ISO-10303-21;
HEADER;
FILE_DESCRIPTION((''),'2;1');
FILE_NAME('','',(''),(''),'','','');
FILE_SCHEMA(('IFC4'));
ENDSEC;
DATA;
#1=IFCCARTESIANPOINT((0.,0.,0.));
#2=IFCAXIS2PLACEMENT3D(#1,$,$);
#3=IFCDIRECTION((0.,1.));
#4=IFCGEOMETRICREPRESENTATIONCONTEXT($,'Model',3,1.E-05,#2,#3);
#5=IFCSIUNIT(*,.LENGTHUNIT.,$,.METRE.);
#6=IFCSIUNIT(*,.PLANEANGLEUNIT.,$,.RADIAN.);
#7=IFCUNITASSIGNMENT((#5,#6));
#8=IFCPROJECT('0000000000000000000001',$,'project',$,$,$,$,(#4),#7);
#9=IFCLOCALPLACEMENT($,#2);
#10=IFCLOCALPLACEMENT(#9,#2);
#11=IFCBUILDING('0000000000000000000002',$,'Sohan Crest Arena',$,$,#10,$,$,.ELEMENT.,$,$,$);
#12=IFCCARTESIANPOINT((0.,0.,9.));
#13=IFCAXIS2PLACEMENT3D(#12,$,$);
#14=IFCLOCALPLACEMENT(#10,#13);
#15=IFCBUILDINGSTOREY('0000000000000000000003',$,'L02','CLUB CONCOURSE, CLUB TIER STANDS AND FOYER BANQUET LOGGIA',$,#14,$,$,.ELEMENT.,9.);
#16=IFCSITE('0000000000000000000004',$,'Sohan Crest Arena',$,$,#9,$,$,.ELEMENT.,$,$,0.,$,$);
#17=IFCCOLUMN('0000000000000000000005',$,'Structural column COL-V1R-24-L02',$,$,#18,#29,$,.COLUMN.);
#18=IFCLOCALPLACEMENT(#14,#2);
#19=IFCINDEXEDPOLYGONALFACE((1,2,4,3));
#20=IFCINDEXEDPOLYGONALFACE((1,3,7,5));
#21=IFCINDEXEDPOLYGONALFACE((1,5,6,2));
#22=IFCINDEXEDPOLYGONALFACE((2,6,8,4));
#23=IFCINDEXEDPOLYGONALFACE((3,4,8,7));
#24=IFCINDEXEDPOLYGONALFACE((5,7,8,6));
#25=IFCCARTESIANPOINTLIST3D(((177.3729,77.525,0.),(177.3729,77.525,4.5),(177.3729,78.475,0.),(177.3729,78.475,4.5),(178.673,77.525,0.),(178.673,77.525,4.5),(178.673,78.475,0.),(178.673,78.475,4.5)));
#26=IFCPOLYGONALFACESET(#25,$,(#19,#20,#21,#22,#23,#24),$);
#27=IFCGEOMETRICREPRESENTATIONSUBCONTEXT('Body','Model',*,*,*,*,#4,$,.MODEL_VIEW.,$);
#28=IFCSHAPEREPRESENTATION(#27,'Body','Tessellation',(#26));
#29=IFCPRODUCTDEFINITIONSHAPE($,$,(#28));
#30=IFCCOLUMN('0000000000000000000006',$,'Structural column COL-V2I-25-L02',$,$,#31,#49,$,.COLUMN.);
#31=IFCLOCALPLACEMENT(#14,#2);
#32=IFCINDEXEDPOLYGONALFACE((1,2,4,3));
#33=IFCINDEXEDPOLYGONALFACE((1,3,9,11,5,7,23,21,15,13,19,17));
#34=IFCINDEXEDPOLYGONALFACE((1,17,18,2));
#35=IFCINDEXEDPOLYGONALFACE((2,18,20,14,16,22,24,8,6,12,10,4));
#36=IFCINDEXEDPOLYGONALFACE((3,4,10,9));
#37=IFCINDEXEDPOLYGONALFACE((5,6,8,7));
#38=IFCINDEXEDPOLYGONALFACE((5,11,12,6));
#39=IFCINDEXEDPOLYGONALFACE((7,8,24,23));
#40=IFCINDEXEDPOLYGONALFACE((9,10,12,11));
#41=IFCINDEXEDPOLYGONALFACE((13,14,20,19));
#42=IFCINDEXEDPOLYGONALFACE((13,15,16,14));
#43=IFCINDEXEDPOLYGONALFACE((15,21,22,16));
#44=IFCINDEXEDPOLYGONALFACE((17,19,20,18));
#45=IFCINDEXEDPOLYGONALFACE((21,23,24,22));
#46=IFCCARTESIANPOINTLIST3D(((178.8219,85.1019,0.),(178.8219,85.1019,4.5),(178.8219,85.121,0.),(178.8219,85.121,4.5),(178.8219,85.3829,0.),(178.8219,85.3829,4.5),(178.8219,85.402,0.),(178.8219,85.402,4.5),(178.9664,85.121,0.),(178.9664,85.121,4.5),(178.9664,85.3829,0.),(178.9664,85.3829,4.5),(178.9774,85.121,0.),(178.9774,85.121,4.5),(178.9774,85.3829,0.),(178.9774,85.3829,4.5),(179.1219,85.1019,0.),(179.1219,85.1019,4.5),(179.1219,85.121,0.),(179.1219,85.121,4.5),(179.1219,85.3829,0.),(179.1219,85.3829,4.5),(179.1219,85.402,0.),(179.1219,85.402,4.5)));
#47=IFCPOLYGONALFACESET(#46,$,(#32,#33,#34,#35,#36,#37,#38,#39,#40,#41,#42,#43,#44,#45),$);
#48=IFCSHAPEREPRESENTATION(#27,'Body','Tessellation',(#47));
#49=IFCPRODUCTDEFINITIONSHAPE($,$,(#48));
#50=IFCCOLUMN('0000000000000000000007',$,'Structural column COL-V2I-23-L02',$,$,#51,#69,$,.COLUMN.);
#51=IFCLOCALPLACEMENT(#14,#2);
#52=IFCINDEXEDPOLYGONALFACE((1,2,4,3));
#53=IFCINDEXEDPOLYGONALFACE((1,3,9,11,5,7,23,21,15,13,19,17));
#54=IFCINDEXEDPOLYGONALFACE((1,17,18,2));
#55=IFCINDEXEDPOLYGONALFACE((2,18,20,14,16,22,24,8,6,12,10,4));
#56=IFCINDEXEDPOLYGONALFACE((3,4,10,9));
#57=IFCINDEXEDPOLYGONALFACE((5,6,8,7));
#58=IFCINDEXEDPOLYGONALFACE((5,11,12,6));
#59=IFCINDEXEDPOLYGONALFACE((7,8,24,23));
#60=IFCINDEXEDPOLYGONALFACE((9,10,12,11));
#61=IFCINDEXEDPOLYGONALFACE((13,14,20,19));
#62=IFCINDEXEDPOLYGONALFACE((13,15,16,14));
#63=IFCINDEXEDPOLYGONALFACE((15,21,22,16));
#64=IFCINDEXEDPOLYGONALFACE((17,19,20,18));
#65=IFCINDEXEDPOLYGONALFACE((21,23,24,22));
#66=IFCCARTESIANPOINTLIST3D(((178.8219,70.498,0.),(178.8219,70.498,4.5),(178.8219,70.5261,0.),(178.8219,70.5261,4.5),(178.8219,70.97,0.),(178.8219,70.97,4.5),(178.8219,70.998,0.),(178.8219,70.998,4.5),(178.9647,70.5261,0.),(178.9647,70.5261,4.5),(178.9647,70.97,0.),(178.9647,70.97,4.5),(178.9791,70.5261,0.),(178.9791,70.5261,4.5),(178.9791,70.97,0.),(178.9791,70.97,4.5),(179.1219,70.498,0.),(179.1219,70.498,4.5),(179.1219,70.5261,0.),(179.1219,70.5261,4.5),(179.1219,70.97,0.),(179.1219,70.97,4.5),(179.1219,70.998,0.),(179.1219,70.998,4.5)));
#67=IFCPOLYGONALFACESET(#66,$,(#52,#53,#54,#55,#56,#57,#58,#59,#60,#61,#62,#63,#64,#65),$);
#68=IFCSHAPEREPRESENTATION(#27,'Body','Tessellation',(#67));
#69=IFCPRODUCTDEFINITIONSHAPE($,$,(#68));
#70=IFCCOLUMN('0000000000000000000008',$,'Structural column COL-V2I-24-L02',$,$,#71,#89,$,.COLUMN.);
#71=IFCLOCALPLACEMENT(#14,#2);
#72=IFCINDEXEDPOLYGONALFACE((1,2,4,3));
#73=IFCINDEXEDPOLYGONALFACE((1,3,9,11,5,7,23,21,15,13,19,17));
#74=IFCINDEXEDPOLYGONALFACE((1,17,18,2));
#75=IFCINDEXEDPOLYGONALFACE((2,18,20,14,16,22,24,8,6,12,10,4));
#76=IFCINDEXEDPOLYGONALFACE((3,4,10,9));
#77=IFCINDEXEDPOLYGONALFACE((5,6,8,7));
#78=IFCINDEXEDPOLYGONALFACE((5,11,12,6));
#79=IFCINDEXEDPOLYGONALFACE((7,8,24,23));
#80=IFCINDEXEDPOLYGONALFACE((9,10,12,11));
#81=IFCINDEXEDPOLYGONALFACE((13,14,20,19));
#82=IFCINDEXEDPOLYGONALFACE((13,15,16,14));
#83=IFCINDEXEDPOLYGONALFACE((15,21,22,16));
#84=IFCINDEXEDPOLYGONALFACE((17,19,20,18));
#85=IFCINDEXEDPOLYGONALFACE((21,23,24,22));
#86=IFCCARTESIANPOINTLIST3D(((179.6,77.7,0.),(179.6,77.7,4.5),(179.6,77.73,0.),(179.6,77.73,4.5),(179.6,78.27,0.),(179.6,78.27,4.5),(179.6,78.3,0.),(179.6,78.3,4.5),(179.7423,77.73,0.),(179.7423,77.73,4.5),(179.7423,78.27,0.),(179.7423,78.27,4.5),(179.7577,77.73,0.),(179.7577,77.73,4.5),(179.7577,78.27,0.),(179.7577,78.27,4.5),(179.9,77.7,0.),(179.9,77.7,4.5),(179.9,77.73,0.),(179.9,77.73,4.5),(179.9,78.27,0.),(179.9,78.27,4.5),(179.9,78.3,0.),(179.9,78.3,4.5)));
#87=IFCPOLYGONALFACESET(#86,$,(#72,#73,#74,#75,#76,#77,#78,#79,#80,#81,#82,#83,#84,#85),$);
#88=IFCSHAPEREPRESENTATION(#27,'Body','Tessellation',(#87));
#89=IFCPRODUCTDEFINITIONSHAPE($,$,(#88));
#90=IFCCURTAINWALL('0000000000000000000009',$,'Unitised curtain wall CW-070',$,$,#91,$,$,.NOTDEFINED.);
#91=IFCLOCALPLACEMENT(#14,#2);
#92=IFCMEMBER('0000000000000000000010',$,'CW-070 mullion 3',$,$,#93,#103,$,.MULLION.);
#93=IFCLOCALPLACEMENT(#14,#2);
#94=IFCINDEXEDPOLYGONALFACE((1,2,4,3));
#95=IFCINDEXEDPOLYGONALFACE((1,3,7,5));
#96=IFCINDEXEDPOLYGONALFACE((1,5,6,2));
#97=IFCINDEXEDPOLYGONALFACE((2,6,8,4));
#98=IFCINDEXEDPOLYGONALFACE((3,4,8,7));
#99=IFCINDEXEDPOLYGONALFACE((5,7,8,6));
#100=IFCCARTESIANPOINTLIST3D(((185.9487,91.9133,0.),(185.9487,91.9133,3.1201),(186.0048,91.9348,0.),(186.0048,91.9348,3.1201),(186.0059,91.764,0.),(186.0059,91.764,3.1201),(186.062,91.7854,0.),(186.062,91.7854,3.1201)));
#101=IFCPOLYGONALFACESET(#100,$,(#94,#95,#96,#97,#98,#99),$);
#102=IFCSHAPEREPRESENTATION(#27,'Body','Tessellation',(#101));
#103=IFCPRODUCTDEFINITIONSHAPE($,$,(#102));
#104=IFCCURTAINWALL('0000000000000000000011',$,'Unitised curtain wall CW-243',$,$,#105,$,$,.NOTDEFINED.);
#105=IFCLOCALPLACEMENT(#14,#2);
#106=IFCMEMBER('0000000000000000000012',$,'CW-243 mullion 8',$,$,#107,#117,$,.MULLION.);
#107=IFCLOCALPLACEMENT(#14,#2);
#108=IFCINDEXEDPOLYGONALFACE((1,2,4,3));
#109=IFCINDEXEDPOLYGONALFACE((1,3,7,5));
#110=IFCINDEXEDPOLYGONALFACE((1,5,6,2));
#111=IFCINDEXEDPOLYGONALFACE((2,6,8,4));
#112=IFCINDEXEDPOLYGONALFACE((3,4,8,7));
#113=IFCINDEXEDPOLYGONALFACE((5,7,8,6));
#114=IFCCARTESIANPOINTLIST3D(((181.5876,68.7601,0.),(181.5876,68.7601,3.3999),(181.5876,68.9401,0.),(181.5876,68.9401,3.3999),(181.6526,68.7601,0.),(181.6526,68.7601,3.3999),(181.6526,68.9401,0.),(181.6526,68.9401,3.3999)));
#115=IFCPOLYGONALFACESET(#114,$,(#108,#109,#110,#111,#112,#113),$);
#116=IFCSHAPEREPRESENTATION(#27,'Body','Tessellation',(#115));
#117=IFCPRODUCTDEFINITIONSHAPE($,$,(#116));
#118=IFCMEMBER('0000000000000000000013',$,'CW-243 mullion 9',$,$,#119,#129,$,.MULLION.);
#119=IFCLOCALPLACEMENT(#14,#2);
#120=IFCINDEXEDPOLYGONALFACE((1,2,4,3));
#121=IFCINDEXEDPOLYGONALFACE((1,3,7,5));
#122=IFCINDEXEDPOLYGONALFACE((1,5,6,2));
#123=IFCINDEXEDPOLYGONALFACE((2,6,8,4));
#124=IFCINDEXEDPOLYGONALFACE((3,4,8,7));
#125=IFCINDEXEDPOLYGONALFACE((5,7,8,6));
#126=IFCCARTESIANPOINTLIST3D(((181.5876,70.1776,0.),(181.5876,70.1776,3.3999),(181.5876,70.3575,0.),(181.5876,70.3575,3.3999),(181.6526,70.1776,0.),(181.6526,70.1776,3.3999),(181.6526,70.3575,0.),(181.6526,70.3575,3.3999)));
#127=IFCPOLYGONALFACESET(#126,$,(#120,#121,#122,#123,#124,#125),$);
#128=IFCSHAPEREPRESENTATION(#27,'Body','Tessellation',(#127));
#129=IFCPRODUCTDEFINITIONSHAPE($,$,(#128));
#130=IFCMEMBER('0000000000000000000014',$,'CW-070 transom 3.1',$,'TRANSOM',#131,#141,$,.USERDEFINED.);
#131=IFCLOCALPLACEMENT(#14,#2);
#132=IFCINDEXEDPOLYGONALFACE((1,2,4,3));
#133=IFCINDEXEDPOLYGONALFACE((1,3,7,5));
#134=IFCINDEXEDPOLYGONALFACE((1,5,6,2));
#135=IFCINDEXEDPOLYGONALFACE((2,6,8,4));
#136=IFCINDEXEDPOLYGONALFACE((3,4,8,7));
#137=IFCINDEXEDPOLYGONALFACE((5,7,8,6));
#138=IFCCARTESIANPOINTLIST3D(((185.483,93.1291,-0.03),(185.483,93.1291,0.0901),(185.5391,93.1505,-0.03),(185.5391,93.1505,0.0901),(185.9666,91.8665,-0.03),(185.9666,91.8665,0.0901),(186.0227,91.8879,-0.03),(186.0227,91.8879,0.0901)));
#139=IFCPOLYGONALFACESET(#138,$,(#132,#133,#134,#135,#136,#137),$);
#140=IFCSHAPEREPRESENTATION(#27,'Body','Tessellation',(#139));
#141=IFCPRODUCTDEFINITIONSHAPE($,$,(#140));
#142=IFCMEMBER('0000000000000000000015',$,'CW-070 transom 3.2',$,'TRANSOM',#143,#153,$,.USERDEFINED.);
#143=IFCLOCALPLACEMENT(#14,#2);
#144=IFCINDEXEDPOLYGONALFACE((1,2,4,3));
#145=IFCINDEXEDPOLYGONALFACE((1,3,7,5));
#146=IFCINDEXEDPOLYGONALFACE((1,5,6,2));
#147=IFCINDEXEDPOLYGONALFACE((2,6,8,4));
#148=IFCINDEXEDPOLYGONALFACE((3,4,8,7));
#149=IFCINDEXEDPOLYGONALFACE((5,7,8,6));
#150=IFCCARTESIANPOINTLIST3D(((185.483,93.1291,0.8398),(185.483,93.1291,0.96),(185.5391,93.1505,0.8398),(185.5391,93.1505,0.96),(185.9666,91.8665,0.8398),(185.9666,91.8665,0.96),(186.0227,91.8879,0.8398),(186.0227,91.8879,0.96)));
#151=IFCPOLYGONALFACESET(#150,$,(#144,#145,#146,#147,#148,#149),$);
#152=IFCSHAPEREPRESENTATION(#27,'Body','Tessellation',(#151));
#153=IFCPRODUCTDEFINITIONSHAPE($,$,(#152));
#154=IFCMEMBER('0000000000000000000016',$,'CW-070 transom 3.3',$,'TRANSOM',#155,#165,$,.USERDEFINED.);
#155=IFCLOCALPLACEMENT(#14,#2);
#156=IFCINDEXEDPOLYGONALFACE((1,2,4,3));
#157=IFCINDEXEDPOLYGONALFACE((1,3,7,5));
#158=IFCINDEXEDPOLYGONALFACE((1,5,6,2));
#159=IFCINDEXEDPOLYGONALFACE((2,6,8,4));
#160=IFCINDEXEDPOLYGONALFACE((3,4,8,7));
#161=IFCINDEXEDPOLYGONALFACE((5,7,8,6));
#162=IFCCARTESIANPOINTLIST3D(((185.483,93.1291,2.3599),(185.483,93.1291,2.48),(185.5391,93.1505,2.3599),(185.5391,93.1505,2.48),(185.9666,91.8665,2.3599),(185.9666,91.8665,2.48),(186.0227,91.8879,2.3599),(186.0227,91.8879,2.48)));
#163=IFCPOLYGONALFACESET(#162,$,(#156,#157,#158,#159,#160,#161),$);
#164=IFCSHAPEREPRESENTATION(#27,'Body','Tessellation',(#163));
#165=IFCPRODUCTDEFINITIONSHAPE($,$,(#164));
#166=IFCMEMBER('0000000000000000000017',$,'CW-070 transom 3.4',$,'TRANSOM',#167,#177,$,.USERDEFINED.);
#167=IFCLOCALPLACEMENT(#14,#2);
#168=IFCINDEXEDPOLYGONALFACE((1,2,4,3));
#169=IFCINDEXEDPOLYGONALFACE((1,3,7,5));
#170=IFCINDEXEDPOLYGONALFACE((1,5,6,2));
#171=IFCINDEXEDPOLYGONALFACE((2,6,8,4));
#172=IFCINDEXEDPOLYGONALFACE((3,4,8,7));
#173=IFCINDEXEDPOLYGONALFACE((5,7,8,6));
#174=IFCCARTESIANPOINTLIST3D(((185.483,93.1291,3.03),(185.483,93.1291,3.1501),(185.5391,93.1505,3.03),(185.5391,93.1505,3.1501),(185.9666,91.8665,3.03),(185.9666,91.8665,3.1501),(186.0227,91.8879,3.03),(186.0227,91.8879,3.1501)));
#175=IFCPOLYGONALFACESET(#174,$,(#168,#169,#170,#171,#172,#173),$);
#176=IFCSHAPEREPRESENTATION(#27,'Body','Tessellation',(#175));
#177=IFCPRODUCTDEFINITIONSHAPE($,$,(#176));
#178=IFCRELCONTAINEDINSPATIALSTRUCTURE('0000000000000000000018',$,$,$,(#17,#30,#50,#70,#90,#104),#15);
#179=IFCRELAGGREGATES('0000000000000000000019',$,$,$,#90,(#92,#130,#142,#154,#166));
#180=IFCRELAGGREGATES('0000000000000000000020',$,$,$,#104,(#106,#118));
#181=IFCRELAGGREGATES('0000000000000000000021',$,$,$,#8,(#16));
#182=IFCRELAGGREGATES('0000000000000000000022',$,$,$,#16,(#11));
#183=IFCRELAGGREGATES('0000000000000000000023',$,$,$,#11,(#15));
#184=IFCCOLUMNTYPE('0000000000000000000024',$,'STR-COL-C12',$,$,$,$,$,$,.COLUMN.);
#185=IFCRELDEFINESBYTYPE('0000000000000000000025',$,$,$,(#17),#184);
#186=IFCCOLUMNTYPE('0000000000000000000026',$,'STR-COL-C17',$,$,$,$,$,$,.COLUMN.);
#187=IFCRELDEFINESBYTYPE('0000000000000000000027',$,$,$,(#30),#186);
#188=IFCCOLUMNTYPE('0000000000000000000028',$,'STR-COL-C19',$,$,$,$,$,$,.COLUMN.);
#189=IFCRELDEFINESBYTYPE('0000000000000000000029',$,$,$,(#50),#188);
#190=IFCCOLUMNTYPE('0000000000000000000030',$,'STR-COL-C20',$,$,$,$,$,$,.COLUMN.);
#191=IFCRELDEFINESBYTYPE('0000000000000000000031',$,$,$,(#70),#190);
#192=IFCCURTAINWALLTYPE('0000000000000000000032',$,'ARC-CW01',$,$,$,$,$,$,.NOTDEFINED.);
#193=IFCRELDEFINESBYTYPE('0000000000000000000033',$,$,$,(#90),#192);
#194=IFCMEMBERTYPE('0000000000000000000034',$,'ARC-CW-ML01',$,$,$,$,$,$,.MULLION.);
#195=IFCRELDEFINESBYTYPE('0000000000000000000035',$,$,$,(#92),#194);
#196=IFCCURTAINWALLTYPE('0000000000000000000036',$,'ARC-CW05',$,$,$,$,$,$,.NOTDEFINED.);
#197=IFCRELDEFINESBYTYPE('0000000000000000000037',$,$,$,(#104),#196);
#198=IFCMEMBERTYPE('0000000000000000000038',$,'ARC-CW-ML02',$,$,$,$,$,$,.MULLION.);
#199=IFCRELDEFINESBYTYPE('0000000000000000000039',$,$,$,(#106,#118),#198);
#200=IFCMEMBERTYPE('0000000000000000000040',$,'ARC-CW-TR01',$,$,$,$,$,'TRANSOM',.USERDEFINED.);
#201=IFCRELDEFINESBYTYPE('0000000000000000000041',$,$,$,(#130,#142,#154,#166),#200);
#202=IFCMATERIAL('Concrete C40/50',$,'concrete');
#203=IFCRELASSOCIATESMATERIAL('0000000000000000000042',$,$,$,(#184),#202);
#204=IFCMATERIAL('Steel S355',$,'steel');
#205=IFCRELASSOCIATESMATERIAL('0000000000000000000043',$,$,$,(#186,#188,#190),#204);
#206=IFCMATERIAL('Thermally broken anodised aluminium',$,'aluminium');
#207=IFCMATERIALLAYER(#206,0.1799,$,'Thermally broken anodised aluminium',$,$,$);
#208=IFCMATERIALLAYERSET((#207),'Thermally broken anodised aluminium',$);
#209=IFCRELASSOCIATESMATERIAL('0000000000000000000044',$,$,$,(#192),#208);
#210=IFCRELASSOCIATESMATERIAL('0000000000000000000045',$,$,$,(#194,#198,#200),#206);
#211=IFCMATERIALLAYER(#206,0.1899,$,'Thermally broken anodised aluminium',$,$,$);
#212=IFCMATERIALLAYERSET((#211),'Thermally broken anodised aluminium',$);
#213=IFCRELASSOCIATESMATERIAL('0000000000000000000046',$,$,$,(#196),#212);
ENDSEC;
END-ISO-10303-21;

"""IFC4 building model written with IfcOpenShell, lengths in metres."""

from ifc_helpers import new_model, si_unit, direction, frame, origin, origin_2d, place, context, subcontext, project, spatial, rectangle, i_section, extrude, material, layer, layer_set, material_profile, profile_set, type_object, element, aggregate, save


model = new_model("IFC4")

# Units and contexts
model_context = context("Model", 3, precision=1e-05, world=origin(), true_north=direction((0.0, 1.0)))
body_context = subcontext(model_context, "Body", "Model", "MODEL_VIEW")
ifc_project = project(units=[si_unit("LENGTHUNIT", "METRE"), si_unit("PLANEANGLEUNIT", "RADIAN")], contexts=[model_context])

# Site, building, storey
site_placement = place(None, origin())
site = spatial("IfcSite", under=ifc_project, at=site_placement, Name="Sohan Crest Arena", CompositionType="ELEMENT", RefElevation=0.0)
building_placement = place(site_placement, origin())
building = spatial("IfcBuilding", under=site, at=building_placement, Name="Sohan Crest Arena", CompositionType="ELEMENT")
storey_placement = place(building_placement, frame((0.0, 0.0, 9.0)))
storey = spatial("IfcBuildingStorey", under=building, at=storey_placement, Name="L02", Description="CLUB CONCOURSE, CLUB TIER STANDS AND FOYER BANQUET LOGGIA", CompositionType="ELEMENT", Elevation=9.0)

# Columns
ifc_material_1 = material(Name="Concrete C40/50", Category="concrete")
ifc_material_profile_1 = material_profile(ifc_material_1, rectangle(XDim=1.3, YDim=0.95, at=origin_2d()), Name="RC 1300x950")
ifc_profile_set_1 = profile_set([ifc_material_profile_1], Name="Concrete C40/50")
column_type_1 = type_object("IfcColumnType", Name="STR-COL-C12", PredefinedType="COLUMN", material=ifc_profile_set_1)
column_1_placement = place(storey_placement, frame((178.0229, 78.0, 0.0), z_axis=(0.0, 0.0, 1.0), x_axis=(1.0, 0.0, 0.0)))
element("IfcColumn", 1, at=column_1_placement, inside=storey, type_object=column_type_1, Name="Structural column COL-V1R-24-L02", PredefinedType="COLUMN", context=body_context, shape_type="SweptSolid", body=[
    extrude(rectangle(XDim=1.3, YDim=0.95, at=origin_2d()), origin(), (0.0, 0.0, 1.0), 4.5),
])
ifc_material_2 = material(Name="Steel S355", Category="steel")
ifc_material_profile_2 = material_profile(ifc_material_2, i_section(OverallWidth=0.3, OverallDepth=0.3, WebThickness=0.011, FlangeThickness=0.019, at=origin_2d()), Name="HEB 300")
ifc_profile_set_2 = profile_set([ifc_material_profile_2], Name="Steel S355")
column_type_2 = type_object("IfcColumnType", Name="STR-COL-C17", PredefinedType="COLUMN", material=ifc_profile_set_2)
column_2_placement = place(storey_placement, frame((178.9719, 85.252, 0.0), z_axis=(0.0, 0.0, 1.0), x_axis=(1.0, 0.0, 0.0)))
element("IfcColumn", 2, at=column_2_placement, inside=storey, type_object=column_type_2, Name="Structural column COL-V2I-25-L02", PredefinedType="COLUMN", context=body_context, shape_type="SweptSolid", body=[
    extrude(i_section(OverallWidth=0.3, OverallDepth=0.3, WebThickness=0.011, FlangeThickness=0.019, at=origin_2d()), origin(), (0.0, 0.0, 1.0), 4.5),
])
ifc_material_profile_3 = material_profile(ifc_material_2, i_section(OverallWidth=0.3, OverallDepth=0.5, WebThickness=0.0144, FlangeThickness=0.0281, at=origin_2d()), Name="HEB 500")
ifc_profile_set_3 = profile_set([ifc_material_profile_3], Name="Steel S355")
column_type_3 = type_object("IfcColumnType", Name="STR-COL-C19", PredefinedType="COLUMN", material=ifc_profile_set_3)
column_3_placement = place(storey_placement, frame((178.9719, 70.748, 0.0), z_axis=(0.0, 0.0, 1.0), x_axis=(1.0, 0.0, 0.0)))
element("IfcColumn", 3, at=column_3_placement, inside=storey, type_object=column_type_3, Name="Structural column COL-V2I-23-L02", PredefinedType="COLUMN", context=body_context, shape_type="SweptSolid", body=[
    extrude(i_section(OverallWidth=0.3, OverallDepth=0.5, WebThickness=0.0144, FlangeThickness=0.0281, at=origin_2d()), origin(), (0.0, 0.0, 1.0), 4.5),
])
ifc_material_profile_4 = material_profile(ifc_material_2, i_section(OverallWidth=0.3, OverallDepth=0.6001, WebThickness=0.0154, FlangeThickness=0.03, at=origin_2d()), Name="HEB 600")
ifc_profile_set_4 = profile_set([ifc_material_profile_4], Name="Steel S355")
column_type_4 = type_object("IfcColumnType", Name="STR-COL-C20", PredefinedType="COLUMN", material=ifc_profile_set_4)
column_4_placement = place(storey_placement, frame((179.75, 78.0, 0.0), z_axis=(0.0, 0.0, 1.0), x_axis=(1.0, 0.0, 0.0)))
element("IfcColumn", 4, at=column_4_placement, inside=storey, type_object=column_type_4, Name="Structural column COL-V2I-24-L02", PredefinedType="COLUMN", context=body_context, shape_type="SweptSolid", body=[
    extrude(i_section(OverallWidth=0.3, OverallDepth=0.6001, WebThickness=0.0154, FlangeThickness=0.03, at=origin_2d()), origin(), (0.0, 0.0, 1.0), 4.5),
])

# Curtain wall, member
ifc_material_3 = material(Name="Thermally broken anodised aluminium", Category="aluminium")
ifc_layer_1 = layer(ifc_material_3, 0.1799, Name="Thermally broken anodised aluminium")
ifc_layer_set_1 = layer_set([ifc_layer_1], Name="Thermally broken anodised aluminium")
curtain_wall_type_1 = type_object("IfcCurtainWallType", Name="ARC-CW01", PredefinedType="NOTDEFINED", material=ifc_layer_set_1)
curtain_wall_1_placement = place(storey_placement, origin())
curtain_wall_1 = element("IfcCurtainWall", 5, at=curtain_wall_1_placement, inside=storey, type_object=curtain_wall_type_1, Name="Unitised curtain wall CW-070", PredefinedType="NOTDEFINED")
ifc_material_profile_5 = material_profile(ifc_material_3, rectangle(XDim=0.0601, YDim=0.1599, at=origin_2d()), Name="ALU-MULL 60x160")
ifc_profile_set_5 = profile_set([ifc_material_profile_5], Name="Thermally broken anodised aluminium")
member_type_1 = type_object("IfcMemberType", Name="ARC-CW-ML01", PredefinedType="MULLION", material=ifc_profile_set_5)
member_1_placement = place(storey_placement, frame((186.0054, 91.8494, 0.0), z_axis=(0.0, 0.0, 1.0), x_axis=(-0.933888, -0.357567, 0.0)))
member_1 = element("IfcMember", 6, at=member_1_placement, type_object=member_type_1, Name="CW-070 mullion 3", PredefinedType="MULLION", context=body_context, shape_type="SweptSolid", body=[
    extrude(rectangle(XDim=0.0601, YDim=0.1599, at=origin_2d()), origin(), (0.0, 0.0, 1.0), 3.1201),
])

# Curtain wall, members
ifc_layer_2 = layer(ifc_material_3, 0.1899, Name="Thermally broken anodised aluminium")
ifc_layer_set_2 = layer_set([ifc_layer_2], Name="Thermally broken anodised aluminium")
curtain_wall_type_2 = type_object("IfcCurtainWallType", Name="ARC-CW05", PredefinedType="NOTDEFINED", material=ifc_layer_set_2)
curtain_wall_2_placement = place(storey_placement, origin())
curtain_wall_2 = element("IfcCurtainWall", 7, at=curtain_wall_2_placement, inside=storey, type_object=curtain_wall_type_2, Name="Unitised curtain wall CW-243", PredefinedType="NOTDEFINED")
ifc_material_profile_6 = material_profile(ifc_material_3, rectangle(XDim=0.0649, YDim=0.1799, at=origin_2d()), Name="ALU-MULL 65x180")
ifc_profile_set_6 = profile_set([ifc_material_profile_6], Name="Thermally broken anodised aluminium")
member_type_2 = type_object("IfcMemberType", Name="ARC-CW-ML02", PredefinedType="MULLION", material=ifc_profile_set_6)
member_2_placement = place(storey_placement, frame((181.6201, 68.8501, 0.0), z_axis=(0.0, 0.0, 1.0), x_axis=(-1.0, 0.0, 0.0)))
member_2 = element("IfcMember", 8, at=member_2_placement, type_object=member_type_2, Name="CW-243 mullion 8", PredefinedType="MULLION", context=body_context, shape_type="SweptSolid", body=[
    extrude(rectangle(XDim=0.0649, YDim=0.1799, at=origin_2d()), origin(), (0.0, 0.0, 1.0), 3.3999),
])
member_3_placement = place(storey_placement, frame((181.6201, 70.2676, 0.0), z_axis=(0.0, 0.0, 1.0), x_axis=(-1.0, 0.0, 0.0)))
member_3 = element("IfcMember", 9, at=member_3_placement, type_object=member_type_2, Name="CW-243 mullion 9", PredefinedType="MULLION", context=body_context, shape_type="SweptSolid", body=[
    extrude(rectangle(XDim=0.0649, YDim=0.1799, at=origin_2d()), origin(), (0.0, 0.0, 1.0), 3.3999),
])

# Members
ifc_material_profile_7 = material_profile(ifc_material_3, rectangle(XDim=0.0601, YDim=0.1201, at=origin_2d()), Name="ALU-TRAN 60x120")
ifc_profile_set_7 = profile_set([ifc_material_profile_7], Name="Thermally broken anodised aluminium")
member_type_3 = type_object("IfcMemberType", Name="ARC-CW-TR01", ElementType="TRANSOM", PredefinedType="USERDEFINED", material=ifc_profile_set_7)
member_4_placement = place(storey_placement, frame((185.9946, 91.8772, 0.03), z_axis=(-0.357684, 0.933843, 0.0), x_axis=(-0.933843, -0.357684, 0.0)))
member_4 = element("IfcMember", 10, at=member_4_placement, type_object=member_type_3, Name="CW-070 transom 3.1", ObjectType="TRANSOM", PredefinedType="USERDEFINED", context=body_context, shape_type="SweptSolid", body=[
    extrude(rectangle(XDim=0.0601, YDim=0.1201, at=origin_2d()), origin(), (0.0, 0.0, 1.0), 1.3521),
])
member_5_placement = place(storey_placement, frame((185.9946, 91.8772, 0.8999), z_axis=(-0.357684, 0.933843, 0.0), x_axis=(-0.933843, -0.357684, 0.0)))
member_5 = element("IfcMember", 11, at=member_5_placement, type_object=member_type_3, Name="CW-070 transom 3.2", ObjectType="TRANSOM", PredefinedType="USERDEFINED", context=body_context, shape_type="SweptSolid", body=[
    extrude(rectangle(XDim=0.0601, YDim=0.1201, at=origin_2d()), origin(), (0.0, 0.0, 1.0), 1.3521),
])
member_6_placement = place(storey_placement, frame((185.9946, 91.8772, 2.4199), z_axis=(-0.357684, 0.933843, 0.0), x_axis=(-0.933843, -0.357684, 0.0)))
member_6 = element("IfcMember", 12, at=member_6_placement, type_object=member_type_3, Name="CW-070 transom 3.3", ObjectType="TRANSOM", PredefinedType="USERDEFINED", context=body_context, shape_type="SweptSolid", body=[
    extrude(rectangle(XDim=0.0601, YDim=0.1201, at=origin_2d()), origin(), (0.0, 0.0, 1.0), 1.3521),
])
member_7_placement = place(storey_placement, frame((185.9946, 91.8772, 3.0901), z_axis=(-0.357684, 0.933843, 0.0), x_axis=(-0.933843, -0.357684, 0.0)))
member_7 = element("IfcMember", 13, at=member_7_placement, type_object=member_type_3, Name="CW-070 transom 3.4", ObjectType="TRANSOM", PredefinedType="USERDEFINED", context=body_context, shape_type="SweptSolid", body=[
    extrude(rectangle(XDim=0.0601, YDim=0.1201, at=origin_2d()), origin(), (0.0, 0.0, 1.0), 1.3521),
])

aggregate(curtain_wall_1, [member_1, member_4, member_5, member_6, member_7])
aggregate(curtain_wall_2, [member_2, member_3])

save(model, "model.ifc")
